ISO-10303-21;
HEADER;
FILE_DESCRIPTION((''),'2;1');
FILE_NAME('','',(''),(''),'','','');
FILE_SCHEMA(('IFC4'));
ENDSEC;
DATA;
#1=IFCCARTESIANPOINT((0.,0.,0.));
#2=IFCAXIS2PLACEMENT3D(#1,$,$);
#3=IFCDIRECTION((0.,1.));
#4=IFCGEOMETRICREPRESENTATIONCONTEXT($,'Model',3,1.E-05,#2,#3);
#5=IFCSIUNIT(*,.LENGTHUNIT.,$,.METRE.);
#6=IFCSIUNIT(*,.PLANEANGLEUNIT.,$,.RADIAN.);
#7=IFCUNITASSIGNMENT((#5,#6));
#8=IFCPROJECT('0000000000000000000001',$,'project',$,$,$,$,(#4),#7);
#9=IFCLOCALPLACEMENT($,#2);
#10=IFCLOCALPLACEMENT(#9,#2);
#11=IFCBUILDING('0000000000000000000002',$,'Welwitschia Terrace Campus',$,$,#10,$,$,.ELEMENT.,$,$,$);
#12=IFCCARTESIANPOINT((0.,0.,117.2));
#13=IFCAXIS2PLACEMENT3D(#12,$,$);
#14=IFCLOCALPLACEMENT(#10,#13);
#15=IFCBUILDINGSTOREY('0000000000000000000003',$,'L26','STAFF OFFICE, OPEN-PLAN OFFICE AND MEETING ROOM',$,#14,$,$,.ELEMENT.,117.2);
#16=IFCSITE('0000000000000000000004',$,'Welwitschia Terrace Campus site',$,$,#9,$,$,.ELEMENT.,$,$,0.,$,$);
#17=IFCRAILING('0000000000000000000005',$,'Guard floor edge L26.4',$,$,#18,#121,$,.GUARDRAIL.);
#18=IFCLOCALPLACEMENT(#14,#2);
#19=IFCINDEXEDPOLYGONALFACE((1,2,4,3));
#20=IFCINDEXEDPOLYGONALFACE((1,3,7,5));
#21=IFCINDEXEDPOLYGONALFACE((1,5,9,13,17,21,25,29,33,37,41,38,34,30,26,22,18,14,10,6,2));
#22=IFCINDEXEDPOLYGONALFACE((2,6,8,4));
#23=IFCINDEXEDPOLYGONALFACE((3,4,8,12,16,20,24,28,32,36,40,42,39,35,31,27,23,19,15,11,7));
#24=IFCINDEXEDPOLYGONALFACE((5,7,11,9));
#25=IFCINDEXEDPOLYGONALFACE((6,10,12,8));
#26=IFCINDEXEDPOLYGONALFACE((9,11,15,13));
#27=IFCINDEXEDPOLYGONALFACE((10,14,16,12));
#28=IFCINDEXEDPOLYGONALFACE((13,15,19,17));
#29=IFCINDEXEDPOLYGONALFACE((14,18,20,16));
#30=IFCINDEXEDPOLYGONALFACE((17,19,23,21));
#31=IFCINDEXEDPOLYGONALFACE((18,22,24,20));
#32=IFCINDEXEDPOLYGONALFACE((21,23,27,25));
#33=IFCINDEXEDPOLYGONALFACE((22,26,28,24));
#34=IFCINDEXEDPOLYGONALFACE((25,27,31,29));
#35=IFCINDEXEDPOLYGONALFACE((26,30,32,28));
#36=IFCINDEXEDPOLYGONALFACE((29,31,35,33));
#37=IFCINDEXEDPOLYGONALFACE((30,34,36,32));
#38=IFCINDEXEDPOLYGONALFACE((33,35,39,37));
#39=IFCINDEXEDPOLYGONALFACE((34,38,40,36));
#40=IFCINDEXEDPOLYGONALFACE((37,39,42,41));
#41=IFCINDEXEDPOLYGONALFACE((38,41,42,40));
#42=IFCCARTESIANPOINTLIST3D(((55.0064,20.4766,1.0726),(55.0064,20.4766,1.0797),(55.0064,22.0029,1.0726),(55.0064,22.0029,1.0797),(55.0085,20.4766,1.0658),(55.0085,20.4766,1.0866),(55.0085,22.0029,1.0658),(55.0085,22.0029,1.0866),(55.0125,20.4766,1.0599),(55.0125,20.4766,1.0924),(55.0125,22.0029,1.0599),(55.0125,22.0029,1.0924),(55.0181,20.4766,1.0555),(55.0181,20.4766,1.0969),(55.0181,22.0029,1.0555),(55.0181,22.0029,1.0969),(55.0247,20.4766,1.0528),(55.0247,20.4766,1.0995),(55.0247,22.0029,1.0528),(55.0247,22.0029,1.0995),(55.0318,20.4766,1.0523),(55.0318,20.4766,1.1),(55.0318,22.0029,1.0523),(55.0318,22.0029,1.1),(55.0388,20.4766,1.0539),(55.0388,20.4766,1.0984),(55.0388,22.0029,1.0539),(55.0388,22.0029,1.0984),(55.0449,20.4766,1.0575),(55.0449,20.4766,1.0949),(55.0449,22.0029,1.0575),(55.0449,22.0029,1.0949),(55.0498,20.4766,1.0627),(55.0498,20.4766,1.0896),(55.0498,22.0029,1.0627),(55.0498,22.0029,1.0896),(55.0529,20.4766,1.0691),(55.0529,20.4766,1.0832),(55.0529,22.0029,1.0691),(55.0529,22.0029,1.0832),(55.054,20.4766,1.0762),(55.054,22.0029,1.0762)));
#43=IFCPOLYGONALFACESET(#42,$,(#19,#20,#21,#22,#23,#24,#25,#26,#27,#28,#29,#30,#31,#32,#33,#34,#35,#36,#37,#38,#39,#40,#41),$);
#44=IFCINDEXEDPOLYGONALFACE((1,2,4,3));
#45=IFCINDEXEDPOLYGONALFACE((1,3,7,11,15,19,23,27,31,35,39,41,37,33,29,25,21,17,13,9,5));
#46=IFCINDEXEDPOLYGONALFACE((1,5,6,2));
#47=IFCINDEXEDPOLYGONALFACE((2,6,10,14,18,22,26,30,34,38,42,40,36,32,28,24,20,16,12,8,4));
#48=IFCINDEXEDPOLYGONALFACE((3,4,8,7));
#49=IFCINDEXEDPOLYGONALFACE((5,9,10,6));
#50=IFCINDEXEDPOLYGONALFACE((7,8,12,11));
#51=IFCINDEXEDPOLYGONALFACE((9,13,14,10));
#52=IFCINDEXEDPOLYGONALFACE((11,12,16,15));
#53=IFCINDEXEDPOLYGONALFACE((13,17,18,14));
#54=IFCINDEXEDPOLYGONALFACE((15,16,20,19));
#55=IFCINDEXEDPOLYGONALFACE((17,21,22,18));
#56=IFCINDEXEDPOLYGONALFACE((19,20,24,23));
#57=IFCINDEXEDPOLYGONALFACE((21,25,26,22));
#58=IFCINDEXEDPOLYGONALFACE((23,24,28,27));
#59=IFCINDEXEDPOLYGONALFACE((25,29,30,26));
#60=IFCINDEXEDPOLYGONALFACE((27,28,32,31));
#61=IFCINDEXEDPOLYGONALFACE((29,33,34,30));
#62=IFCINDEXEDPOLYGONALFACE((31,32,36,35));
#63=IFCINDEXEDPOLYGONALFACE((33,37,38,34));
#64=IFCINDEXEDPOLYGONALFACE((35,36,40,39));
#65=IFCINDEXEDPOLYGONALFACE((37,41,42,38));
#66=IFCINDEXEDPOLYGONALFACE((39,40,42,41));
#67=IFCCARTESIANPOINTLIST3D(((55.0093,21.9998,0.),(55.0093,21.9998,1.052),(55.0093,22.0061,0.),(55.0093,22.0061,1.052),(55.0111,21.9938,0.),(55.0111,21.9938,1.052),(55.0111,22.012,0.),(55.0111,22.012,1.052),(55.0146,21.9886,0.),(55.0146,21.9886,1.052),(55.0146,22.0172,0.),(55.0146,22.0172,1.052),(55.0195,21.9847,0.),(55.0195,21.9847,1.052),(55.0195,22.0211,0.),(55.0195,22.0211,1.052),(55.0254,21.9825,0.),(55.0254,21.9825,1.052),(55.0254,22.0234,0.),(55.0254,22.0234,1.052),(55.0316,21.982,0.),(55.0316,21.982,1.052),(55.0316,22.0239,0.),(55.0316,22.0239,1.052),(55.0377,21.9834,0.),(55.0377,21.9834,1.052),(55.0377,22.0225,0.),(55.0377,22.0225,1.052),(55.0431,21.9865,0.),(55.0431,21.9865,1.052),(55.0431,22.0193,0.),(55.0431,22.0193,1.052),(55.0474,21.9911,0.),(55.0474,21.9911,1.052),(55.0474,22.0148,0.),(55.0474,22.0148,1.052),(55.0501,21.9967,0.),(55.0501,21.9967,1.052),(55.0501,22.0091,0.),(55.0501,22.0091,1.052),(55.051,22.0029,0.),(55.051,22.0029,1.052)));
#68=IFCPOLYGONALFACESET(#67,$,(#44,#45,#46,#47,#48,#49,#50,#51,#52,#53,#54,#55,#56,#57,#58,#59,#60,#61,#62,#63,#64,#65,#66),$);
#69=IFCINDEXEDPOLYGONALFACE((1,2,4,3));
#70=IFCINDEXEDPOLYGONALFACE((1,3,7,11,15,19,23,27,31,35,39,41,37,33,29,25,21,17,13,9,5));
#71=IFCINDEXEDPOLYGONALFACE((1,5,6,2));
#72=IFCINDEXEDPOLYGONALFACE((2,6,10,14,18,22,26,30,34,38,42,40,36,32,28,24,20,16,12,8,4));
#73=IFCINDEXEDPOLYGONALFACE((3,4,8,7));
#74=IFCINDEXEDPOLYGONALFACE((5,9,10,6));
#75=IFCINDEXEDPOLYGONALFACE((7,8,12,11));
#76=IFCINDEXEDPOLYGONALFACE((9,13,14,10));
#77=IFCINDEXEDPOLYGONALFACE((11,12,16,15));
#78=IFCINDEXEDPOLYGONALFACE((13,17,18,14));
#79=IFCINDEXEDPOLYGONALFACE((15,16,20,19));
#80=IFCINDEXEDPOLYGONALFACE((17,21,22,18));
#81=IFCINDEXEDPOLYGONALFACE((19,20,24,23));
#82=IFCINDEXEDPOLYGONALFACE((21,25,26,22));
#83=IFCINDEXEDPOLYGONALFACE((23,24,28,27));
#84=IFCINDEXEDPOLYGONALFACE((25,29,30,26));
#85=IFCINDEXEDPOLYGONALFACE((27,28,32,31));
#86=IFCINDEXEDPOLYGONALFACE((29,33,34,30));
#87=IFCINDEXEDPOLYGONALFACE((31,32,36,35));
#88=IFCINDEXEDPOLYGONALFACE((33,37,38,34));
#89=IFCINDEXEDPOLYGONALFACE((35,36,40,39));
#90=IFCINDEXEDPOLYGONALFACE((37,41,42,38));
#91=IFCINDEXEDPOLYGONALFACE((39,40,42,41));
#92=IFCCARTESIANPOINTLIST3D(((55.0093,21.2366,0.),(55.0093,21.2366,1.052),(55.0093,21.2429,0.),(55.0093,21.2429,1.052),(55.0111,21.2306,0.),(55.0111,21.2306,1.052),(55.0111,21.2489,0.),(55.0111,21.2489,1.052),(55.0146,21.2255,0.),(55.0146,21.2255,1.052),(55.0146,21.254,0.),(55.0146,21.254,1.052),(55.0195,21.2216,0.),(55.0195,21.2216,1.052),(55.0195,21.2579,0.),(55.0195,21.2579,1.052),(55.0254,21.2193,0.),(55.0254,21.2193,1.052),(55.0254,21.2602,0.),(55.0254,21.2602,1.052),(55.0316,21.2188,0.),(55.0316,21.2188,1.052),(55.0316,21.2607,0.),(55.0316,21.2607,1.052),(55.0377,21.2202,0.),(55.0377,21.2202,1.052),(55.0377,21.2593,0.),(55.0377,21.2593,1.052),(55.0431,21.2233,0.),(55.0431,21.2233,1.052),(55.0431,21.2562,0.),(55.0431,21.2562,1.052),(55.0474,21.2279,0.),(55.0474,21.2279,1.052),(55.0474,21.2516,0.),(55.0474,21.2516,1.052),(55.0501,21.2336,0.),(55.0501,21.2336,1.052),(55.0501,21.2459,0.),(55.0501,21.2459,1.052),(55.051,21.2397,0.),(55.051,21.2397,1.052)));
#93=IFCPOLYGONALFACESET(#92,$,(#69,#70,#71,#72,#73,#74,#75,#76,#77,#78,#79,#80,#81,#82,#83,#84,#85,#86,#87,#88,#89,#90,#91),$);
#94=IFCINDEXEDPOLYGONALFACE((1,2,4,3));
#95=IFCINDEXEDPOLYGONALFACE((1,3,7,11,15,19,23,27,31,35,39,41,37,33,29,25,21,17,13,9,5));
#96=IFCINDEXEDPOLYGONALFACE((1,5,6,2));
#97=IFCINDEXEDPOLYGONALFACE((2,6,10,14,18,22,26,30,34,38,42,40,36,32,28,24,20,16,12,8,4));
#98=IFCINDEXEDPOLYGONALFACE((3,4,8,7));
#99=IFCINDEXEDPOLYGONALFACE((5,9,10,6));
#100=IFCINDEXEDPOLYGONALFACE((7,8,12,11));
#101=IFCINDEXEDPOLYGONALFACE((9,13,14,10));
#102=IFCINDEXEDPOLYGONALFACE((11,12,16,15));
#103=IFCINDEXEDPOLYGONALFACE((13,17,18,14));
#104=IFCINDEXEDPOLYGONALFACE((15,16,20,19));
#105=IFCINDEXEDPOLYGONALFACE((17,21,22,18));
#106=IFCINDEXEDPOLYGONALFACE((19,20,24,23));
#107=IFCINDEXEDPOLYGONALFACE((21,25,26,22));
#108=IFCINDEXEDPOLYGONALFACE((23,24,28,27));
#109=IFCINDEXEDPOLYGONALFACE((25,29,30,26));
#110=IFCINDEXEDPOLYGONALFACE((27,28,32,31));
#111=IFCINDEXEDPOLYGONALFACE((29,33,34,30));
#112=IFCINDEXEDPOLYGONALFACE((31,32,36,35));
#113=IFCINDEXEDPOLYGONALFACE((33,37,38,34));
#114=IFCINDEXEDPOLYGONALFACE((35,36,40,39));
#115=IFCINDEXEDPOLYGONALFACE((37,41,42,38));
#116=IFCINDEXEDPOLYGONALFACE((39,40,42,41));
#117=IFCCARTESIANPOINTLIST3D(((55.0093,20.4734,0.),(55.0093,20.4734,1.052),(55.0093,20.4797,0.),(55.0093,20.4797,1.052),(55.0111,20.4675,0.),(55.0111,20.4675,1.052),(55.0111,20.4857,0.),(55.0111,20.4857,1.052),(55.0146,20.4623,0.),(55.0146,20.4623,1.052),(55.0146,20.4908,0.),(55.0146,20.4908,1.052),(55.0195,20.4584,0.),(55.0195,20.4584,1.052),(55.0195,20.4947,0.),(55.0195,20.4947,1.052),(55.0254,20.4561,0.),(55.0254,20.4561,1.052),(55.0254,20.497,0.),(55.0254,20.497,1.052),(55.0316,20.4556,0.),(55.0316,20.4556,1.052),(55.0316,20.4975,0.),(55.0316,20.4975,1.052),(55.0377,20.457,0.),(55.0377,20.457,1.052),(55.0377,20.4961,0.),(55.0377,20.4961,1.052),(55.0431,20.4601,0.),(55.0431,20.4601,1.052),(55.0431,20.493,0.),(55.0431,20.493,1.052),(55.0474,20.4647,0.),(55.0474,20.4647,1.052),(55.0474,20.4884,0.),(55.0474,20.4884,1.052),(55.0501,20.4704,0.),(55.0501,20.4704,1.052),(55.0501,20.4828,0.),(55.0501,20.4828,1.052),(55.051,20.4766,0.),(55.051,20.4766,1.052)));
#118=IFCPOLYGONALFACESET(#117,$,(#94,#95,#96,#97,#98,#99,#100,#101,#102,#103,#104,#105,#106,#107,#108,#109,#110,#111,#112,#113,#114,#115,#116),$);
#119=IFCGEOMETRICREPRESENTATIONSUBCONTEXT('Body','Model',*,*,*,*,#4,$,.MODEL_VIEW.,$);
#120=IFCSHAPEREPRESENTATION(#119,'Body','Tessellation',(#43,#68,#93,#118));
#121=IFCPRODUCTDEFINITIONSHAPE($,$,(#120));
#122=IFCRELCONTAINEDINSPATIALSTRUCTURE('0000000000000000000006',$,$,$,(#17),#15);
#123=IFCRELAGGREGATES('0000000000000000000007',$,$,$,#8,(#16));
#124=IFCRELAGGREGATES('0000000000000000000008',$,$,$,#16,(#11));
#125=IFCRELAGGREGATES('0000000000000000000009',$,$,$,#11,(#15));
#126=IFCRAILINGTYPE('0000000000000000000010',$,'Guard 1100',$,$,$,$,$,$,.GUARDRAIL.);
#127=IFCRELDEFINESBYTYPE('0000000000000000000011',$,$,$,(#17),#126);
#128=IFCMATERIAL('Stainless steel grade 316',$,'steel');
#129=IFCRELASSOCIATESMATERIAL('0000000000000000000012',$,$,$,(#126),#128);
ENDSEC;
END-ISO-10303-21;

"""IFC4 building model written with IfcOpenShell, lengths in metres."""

from ifc_helpers import new_model, si_unit, direction, frame, origin, origin_2d, place, context, subcontext, project, spatial, circle, extrude, material, type_object, element, save


model = new_model("IFC4")

# Units and contexts
model_context = context("Model", 3, precision=1e-05, world=origin(), true_north=direction((0.0, 1.0)))
body_context = subcontext(model_context, "Body", "Model", "MODEL_VIEW")
ifc_project = project(units=[si_unit("LENGTHUNIT", "METRE"), si_unit("PLANEANGLEUNIT", "RADIAN")], contexts=[model_context])

# Site, building, storey
site_placement = place(None, origin())
site = spatial("IfcSite", under=ifc_project, at=site_placement, Name="Welwitschia Terrace Campus site", CompositionType="ELEMENT", RefElevation=0.0)
building_placement = place(site_placement, origin())
building = spatial("IfcBuilding", under=site, at=building_placement, Name="Welwitschia Terrace Campus", CompositionType="ELEMENT")
storey_placement = place(building_placement, frame((0.0, 0.0, 117.2)))
storey = spatial("IfcBuildingStorey", under=building, at=storey_placement, Name="L26", Description="STAFF OFFICE, OPEN-PLAN OFFICE AND MEETING ROOM", CompositionType="ELEMENT", Elevation=117.2)

# Railing
ifc_material_1 = material(Name="Stainless steel grade 316", Category="steel")
railing_type = type_object("IfcRailingType", Name="Guard 1100", PredefinedType="GUARDRAIL", material=ifc_material_1)
railing_1_placement = place(storey_placement, frame((55.03, 22.0029, 0.0)))
element("IfcRailing", 1, at=railing_1_placement, inside=storey, type_object=railing_type, Name="Guard floor edge L26.4", PredefinedType="GUARDRAIL", context=body_context, shape_type="SweptSolid", body=[
    extrude(circle(Radius=0.0239, at=origin_2d()), frame((0.0, 0.0, 1.0762), z_axis=(0.0, -1.0, 0.0), x_axis=(1.0, 0.0, 0.0)), (0.0, 0.0, 1.0), 1.5264),
    extrude(circle(Radius=0.021, at=origin_2d()), origin(), (0.0, 0.0, 1.0), 1.052),
    extrude(circle(Radius=0.021, at=origin_2d()), frame((0.0, -0.7632, 0.0)), (0.0, 0.0, 1.0), 1.052),
    extrude(circle(Radius=0.021, at=origin_2d()), frame((0.0, -1.5264, 0.0)), (0.0, 0.0, 1.0), 1.052),
])

save(model, "model.ifc")
